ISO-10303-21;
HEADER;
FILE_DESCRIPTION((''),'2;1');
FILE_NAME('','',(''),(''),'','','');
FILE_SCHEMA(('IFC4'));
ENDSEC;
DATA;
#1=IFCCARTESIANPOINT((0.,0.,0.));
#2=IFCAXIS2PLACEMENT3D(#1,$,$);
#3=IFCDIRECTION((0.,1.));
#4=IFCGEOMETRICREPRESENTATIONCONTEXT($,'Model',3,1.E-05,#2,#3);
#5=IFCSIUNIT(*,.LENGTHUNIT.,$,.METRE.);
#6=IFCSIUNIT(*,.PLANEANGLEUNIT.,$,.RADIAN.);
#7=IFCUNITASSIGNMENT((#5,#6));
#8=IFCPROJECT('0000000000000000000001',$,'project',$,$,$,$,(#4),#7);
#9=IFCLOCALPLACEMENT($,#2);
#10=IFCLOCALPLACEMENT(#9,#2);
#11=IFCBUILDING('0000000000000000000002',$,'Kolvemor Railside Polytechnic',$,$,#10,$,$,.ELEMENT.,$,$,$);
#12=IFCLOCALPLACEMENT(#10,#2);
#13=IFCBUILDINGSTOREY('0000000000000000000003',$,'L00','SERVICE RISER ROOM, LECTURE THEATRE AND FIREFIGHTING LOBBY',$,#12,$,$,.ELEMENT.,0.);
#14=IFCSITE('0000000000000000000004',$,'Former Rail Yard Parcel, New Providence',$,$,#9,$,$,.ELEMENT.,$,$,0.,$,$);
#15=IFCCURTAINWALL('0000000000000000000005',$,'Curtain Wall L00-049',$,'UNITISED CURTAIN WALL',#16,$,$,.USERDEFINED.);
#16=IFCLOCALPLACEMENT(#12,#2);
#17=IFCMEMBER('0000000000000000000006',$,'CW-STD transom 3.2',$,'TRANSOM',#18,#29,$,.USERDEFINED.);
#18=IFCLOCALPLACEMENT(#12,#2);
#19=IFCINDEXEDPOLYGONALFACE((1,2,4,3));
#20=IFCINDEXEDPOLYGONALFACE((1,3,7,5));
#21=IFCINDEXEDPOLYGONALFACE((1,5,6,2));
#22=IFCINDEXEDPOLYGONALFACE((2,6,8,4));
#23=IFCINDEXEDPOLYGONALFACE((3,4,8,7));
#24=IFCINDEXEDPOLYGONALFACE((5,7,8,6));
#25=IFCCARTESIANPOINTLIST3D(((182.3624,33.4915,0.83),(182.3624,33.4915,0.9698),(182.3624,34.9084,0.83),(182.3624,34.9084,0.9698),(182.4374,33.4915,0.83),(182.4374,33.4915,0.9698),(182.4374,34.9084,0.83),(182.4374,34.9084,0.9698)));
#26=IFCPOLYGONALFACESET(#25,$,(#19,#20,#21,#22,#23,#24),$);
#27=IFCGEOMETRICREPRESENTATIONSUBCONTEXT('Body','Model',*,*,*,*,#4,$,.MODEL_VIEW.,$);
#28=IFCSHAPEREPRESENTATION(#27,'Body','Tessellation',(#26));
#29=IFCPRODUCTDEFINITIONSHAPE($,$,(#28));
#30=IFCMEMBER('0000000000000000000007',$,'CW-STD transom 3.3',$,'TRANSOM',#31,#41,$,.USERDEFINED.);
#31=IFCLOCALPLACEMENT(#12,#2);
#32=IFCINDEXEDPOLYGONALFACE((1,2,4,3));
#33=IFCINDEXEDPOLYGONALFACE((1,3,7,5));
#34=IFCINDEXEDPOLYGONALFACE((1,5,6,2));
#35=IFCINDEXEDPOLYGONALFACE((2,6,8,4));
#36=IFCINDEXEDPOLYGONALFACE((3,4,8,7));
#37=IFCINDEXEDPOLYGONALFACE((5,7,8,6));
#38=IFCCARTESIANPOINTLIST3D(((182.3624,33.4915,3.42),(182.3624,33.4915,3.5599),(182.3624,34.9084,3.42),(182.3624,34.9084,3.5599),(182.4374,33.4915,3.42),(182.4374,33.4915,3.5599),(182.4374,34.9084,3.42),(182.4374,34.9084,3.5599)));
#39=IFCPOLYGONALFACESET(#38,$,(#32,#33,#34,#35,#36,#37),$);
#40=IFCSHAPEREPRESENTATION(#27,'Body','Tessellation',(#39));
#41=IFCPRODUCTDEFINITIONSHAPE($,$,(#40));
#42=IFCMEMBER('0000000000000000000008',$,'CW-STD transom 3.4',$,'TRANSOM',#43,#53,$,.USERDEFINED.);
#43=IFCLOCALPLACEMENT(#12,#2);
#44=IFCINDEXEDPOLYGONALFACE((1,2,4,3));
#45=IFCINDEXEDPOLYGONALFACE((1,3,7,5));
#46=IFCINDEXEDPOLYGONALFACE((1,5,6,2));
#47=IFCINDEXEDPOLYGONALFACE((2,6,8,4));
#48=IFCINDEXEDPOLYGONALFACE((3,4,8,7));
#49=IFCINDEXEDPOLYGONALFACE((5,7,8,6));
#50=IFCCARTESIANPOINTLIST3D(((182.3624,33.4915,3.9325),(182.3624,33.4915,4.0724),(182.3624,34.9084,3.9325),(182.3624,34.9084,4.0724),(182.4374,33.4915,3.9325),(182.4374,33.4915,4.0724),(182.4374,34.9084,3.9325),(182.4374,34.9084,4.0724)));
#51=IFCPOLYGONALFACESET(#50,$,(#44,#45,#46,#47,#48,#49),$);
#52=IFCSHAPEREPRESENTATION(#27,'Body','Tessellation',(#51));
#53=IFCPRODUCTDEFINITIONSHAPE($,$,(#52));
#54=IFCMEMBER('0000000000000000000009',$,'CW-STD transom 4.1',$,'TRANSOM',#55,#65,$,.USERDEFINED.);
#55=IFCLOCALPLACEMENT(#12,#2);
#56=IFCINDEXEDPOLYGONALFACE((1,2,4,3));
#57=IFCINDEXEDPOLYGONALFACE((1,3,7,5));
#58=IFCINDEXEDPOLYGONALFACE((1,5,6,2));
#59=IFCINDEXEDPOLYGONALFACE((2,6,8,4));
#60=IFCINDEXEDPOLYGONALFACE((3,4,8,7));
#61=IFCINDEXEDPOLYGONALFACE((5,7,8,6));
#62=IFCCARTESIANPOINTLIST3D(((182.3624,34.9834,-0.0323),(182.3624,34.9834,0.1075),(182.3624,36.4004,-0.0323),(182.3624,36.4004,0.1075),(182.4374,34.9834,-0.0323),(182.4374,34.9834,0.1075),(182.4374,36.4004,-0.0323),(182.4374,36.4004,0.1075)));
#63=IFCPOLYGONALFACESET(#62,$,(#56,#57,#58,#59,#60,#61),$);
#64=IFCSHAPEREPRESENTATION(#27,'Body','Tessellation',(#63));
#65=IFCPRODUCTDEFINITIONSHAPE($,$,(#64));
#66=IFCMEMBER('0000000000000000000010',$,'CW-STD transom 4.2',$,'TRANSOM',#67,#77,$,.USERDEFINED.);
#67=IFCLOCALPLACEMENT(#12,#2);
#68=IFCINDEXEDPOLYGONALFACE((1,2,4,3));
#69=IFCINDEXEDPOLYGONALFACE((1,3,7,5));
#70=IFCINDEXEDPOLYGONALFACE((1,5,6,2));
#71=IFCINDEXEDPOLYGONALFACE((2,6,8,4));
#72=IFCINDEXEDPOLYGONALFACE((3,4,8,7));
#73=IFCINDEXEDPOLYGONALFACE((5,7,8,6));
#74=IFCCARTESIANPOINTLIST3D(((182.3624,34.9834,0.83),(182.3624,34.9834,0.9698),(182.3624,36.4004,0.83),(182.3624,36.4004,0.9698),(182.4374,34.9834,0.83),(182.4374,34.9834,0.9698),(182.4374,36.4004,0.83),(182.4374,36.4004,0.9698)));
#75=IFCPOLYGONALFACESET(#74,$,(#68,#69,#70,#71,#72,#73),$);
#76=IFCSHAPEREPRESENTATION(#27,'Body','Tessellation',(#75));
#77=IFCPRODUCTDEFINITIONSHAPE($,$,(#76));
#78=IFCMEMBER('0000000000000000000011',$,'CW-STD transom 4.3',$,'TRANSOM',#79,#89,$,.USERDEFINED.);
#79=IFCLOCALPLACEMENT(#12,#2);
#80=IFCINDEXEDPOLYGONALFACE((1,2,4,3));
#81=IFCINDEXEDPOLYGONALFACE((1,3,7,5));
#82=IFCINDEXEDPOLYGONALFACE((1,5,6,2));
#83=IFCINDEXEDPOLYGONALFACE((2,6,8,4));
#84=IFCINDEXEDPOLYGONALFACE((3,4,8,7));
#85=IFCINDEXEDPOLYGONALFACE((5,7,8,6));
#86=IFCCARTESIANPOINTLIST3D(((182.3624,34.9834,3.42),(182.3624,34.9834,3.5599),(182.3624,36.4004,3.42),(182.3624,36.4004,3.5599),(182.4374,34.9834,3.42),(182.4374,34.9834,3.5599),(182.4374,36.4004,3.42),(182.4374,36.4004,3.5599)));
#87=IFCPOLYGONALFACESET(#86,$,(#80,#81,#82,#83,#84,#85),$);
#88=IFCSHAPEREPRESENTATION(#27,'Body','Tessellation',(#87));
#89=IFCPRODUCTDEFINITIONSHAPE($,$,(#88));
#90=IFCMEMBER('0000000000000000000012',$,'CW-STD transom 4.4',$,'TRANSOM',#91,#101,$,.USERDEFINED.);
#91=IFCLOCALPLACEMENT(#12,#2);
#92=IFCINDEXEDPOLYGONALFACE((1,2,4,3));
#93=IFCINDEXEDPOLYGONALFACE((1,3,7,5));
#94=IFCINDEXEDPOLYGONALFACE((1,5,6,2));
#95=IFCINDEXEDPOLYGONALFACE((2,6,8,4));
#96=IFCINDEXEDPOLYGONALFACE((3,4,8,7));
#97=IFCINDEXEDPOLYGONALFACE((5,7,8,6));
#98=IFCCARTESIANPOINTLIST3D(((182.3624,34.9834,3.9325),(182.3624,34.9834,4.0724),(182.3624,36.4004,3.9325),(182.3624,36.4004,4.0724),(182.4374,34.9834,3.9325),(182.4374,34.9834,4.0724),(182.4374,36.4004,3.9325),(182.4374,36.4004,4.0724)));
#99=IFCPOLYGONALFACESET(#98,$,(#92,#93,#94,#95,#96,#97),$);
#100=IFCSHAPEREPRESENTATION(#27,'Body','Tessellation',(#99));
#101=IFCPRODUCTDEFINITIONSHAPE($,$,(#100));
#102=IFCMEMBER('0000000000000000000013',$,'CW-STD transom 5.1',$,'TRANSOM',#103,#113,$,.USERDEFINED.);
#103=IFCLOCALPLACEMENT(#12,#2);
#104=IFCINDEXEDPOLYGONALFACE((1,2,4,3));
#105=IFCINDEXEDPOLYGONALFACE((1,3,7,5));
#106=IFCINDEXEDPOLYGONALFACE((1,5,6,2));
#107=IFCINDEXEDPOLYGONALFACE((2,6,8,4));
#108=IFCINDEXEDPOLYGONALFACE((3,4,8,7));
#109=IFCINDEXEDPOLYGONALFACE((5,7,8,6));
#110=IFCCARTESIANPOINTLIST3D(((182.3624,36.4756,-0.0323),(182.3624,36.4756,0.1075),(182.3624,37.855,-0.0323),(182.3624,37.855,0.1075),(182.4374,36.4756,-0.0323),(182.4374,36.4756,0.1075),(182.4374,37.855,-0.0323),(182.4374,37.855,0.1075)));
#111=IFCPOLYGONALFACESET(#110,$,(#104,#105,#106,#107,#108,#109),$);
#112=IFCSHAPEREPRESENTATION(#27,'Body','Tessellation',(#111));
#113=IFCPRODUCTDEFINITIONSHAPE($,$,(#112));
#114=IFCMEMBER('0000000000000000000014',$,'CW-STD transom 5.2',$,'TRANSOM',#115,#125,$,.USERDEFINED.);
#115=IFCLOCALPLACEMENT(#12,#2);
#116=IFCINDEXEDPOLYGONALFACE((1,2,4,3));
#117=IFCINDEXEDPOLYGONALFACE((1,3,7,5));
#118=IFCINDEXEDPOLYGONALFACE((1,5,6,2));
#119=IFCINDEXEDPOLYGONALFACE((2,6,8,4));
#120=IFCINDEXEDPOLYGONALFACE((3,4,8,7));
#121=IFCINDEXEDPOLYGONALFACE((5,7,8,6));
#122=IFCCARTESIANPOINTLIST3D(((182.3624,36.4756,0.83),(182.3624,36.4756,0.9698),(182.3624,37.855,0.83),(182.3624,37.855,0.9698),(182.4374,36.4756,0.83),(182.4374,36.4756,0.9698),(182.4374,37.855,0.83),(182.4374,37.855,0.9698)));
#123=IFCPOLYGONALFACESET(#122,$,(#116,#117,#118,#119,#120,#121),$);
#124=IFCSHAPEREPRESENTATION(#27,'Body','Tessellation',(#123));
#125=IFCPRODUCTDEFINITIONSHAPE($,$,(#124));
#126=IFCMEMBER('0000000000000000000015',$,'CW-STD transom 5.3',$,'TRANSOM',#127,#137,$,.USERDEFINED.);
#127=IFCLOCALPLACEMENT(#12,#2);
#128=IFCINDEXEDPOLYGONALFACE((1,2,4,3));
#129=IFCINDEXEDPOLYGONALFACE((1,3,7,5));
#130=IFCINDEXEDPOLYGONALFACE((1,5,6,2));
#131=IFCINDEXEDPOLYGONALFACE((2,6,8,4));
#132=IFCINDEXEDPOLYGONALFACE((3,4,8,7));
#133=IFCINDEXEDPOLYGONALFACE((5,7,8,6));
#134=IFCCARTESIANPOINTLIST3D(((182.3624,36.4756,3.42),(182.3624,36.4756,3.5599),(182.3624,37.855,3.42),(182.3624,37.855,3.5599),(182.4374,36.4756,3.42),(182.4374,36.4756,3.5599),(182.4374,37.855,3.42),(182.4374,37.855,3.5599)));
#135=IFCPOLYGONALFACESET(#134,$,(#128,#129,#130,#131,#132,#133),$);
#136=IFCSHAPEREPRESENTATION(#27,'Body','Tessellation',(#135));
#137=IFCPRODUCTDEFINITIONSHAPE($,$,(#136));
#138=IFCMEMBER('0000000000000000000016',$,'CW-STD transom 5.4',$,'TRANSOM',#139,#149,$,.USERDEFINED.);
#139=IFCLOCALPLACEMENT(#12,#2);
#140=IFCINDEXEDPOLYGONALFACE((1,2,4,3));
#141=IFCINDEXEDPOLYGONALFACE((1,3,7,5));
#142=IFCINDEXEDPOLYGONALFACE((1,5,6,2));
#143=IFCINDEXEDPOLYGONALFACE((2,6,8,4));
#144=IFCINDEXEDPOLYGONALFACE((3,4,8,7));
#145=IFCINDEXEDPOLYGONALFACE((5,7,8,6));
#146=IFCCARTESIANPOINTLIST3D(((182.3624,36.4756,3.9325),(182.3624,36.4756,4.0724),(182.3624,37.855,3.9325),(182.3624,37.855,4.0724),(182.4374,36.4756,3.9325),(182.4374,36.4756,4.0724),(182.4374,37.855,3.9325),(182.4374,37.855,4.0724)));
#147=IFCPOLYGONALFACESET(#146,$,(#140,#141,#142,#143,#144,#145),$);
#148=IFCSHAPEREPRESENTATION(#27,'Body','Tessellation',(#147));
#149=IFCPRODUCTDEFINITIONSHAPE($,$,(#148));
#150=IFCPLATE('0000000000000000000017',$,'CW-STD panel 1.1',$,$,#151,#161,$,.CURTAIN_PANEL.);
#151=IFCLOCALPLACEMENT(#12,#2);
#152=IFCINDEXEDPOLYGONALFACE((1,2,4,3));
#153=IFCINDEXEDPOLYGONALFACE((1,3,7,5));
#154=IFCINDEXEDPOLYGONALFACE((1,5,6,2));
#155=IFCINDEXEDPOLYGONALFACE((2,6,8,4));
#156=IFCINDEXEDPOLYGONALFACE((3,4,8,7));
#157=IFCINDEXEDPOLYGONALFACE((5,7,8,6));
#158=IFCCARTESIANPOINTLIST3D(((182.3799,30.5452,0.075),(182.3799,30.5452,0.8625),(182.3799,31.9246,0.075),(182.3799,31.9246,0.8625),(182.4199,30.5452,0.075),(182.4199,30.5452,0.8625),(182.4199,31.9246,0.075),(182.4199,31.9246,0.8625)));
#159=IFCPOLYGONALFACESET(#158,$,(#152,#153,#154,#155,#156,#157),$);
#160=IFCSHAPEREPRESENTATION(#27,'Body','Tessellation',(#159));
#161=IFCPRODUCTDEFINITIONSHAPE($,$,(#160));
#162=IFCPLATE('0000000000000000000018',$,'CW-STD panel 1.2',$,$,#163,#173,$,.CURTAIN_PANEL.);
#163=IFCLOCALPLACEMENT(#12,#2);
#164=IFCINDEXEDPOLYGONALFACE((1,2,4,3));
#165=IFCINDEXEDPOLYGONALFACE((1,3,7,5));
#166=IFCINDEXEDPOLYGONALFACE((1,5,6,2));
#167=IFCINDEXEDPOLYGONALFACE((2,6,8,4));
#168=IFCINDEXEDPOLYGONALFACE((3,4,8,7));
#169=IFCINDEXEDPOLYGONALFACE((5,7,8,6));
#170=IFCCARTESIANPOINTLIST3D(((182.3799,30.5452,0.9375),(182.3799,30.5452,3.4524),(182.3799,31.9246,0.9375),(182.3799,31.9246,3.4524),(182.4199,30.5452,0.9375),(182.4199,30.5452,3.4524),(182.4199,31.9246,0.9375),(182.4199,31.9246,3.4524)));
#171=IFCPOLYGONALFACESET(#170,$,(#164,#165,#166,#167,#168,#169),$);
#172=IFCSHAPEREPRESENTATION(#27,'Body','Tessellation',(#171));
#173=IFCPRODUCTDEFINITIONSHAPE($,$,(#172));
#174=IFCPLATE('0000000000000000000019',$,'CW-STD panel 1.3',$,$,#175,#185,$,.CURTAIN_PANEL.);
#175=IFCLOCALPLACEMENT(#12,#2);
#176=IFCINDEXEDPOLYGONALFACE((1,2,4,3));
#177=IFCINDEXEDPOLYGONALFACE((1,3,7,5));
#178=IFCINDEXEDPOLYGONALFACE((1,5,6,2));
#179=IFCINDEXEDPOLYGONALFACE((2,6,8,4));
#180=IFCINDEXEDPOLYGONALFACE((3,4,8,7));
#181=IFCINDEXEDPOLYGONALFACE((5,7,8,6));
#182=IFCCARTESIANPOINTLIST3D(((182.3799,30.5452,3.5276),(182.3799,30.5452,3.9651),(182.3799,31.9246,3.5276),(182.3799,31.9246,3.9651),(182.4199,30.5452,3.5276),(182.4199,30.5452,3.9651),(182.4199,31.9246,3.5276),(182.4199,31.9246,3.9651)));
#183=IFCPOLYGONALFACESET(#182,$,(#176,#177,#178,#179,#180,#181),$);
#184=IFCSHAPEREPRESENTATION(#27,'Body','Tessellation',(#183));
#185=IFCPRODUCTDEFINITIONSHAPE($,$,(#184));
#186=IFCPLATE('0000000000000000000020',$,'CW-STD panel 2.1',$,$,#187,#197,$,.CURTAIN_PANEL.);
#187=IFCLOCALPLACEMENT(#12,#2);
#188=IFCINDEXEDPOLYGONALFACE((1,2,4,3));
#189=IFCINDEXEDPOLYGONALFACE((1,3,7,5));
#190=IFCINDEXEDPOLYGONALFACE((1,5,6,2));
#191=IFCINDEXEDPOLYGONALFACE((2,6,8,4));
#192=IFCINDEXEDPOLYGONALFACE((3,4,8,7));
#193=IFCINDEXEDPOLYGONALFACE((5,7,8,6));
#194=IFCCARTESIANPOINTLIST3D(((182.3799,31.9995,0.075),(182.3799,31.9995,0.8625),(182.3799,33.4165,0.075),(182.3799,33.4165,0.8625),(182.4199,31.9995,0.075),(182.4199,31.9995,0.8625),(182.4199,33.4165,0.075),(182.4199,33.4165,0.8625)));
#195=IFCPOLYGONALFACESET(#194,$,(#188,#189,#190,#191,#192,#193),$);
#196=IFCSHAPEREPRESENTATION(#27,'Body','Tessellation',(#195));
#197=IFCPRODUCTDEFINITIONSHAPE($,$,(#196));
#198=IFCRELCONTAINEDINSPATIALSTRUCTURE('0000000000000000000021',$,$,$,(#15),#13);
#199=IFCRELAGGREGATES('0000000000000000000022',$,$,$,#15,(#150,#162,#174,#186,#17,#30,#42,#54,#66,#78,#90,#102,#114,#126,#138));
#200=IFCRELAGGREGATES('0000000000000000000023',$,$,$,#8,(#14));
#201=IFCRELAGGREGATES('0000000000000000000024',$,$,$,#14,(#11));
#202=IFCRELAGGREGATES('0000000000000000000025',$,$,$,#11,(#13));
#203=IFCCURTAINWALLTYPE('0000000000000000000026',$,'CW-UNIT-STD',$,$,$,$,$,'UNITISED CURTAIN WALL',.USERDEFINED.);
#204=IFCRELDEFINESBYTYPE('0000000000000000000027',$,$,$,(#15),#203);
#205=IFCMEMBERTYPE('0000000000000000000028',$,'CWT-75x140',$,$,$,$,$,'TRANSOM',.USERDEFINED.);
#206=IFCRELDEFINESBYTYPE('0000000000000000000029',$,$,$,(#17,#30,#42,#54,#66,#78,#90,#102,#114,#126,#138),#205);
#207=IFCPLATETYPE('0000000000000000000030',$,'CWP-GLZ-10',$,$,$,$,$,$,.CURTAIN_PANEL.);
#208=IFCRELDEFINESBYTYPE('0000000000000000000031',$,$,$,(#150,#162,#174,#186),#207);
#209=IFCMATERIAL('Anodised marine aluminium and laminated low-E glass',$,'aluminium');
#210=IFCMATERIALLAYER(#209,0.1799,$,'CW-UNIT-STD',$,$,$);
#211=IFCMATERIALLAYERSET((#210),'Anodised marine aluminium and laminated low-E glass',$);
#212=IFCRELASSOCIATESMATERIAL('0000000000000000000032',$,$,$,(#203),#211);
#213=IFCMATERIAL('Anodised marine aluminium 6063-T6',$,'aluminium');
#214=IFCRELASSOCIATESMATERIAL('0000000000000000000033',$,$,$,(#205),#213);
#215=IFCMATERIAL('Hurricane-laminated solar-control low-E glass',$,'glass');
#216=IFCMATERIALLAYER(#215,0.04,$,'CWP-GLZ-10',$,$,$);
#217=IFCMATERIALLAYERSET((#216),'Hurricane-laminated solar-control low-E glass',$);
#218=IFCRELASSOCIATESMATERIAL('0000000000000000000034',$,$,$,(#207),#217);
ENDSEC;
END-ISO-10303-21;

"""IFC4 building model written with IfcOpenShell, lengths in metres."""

from ifc_helpers import new_model, si_unit, direction, frame, origin, origin_2d, place, context, subcontext, project, spatial, rectangle, extrude, material, layer, layer_set, material_profile, profile_set, type_object, element, aggregate, save


model = new_model("IFC4")

# Units and contexts
model_context = context("Model", 3, precision=1e-05, world=origin(), true_north=direction((0.0, 1.0)))
body_context = subcontext(model_context, "Body", "Model", "MODEL_VIEW")
ifc_project = project(units=[si_unit("LENGTHUNIT", "METRE"), si_unit("PLANEANGLEUNIT", "RADIAN")], contexts=[model_context])

# Site, building, storey
site_placement = place(None, origin())
site = spatial("IfcSite", under=ifc_project, at=site_placement, Name="Former Rail Yard Parcel, New Providence", CompositionType="ELEMENT", RefElevation=0.0)
building_placement = place(site_placement, origin())
building = spatial("IfcBuilding", under=site, at=building_placement, Name="Kolvemor Railside Polytechnic", CompositionType="ELEMENT")
storey_placement = place(building_placement, origin())
storey = spatial("IfcBuildingStorey", under=building, at=storey_placement, Name="L00", Description="SERVICE RISER ROOM, LECTURE THEATRE AND FIREFIGHTING LOBBY", CompositionType="ELEMENT", Elevation=0.0)

# Curtain wall, members, plates
ifc_material_1 = material(Name="Anodised marine aluminium and laminated low-E glass", Category="aluminium")
ifc_layer_1 = layer(ifc_material_1, 0.1799, Name="CW-UNIT-STD")
ifc_layer_set_1 = layer_set([ifc_layer_1], Name="Anodised marine aluminium and laminated low-E glass")
curtain_wall_type = type_object("IfcCurtainWallType", Name="CW-UNIT-STD", ElementType="UNITISED CURTAIN WALL", PredefinedType="USERDEFINED", material=ifc_layer_set_1)
curtain_wall_placement = place(storey_placement, origin())
curtain_wall = element("IfcCurtainWall", 1, at=curtain_wall_placement, inside=storey, type_object=curtain_wall_type, Name="Curtain Wall L00-049", ObjectType="UNITISED CURTAIN WALL", PredefinedType="USERDEFINED")
ifc_material_2 = material(Name="Anodised marine aluminium 6063-T6", Category="aluminium")
ifc_material_profile_1 = material_profile(ifc_material_2, rectangle(XDim=0.075, YDim=0.1399, at=origin_2d()), Name="CW-TRN-75x140")
ifc_profile_set_1 = profile_set([ifc_material_profile_1], Name="Anodised marine aluminium 6063-T6")
member_type_1 = type_object("IfcMemberType", Name="CWT-75x140", ElementType="TRANSOM", PredefinedType="USERDEFINED", material=ifc_profile_set_1)
member_1_placement = place(storey_placement, frame((182.3999, 33.4915, 0.8999), z_axis=(0.0, 1.0, 0.0), x_axis=(-1.0, 0.0, 0.0)))
member_1 = element("IfcMember", 2, at=member_1_placement, type_object=member_type_1, Name="CW-STD transom 3.2", ObjectType="TRANSOM", PredefinedType="USERDEFINED", context=body_context, shape_type="SweptSolid", body=[
    extrude(rectangle(XDim=0.075, YDim=0.1399, at=origin_2d()), origin(), (0.0, 0.0, 1.0), 1.417),
])
member_2_placement = place(storey_placement, frame((182.3999, 33.4915, 3.49), z_axis=(0.0, 1.0, 0.0), x_axis=(-1.0, 0.0, 0.0)))
member_2 = element("IfcMember", 3, at=member_2_placement, type_object=member_type_1, Name="CW-STD transom 3.3", ObjectType="TRANSOM", PredefinedType="USERDEFINED", context=body_context, shape_type="SweptSolid", body=[
    extrude(rectangle(XDim=0.075, YDim=0.1399, at=origin_2d()), origin(), (0.0, 0.0, 1.0), 1.417),
])
member_3_placement = place(storey_placement, frame((182.3999, 33.4915, 4.0024), z_axis=(0.0, 1.0, 0.0), x_axis=(-1.0, 0.0, 0.0)))
member_3 = element("IfcMember", 4, at=member_3_placement, type_object=member_type_1, Name="CW-STD transom 3.4", ObjectType="TRANSOM", PredefinedType="USERDEFINED", context=body_context, shape_type="SweptSolid", body=[
    extrude(rectangle(XDim=0.075, YDim=0.1399, at=origin_2d()), origin(), (0.0, 0.0, 1.0), 1.417),
])
member_4_placement = place(storey_placement, frame((182.3999, 34.9834, 0.0376), z_axis=(0.0, 1.0, 0.0), x_axis=(-1.0, 0.0, 0.0)))
member_4 = element("IfcMember", 5, at=member_4_placement, type_object=member_type_1, Name="CW-STD transom 4.1", ObjectType="TRANSOM", PredefinedType="USERDEFINED", context=body_context, shape_type="SweptSolid", body=[
    extrude(rectangle(XDim=0.075, YDim=0.1399, at=origin_2d()), origin(), (0.0, 0.0, 1.0), 1.417),
])
member_5_placement = place(storey_placement, frame((182.3999, 34.9834, 0.8999), z_axis=(0.0, 1.0, 0.0), x_axis=(-1.0, 0.0, 0.0)))
member_5 = element("IfcMember", 6, at=member_5_placement, type_object=member_type_1, Name="CW-STD transom 4.2", ObjectType="TRANSOM", PredefinedType="USERDEFINED", context=body_context, shape_type="SweptSolid", body=[
    extrude(rectangle(XDim=0.075, YDim=0.1399, at=origin_2d()), origin(), (0.0, 0.0, 1.0), 1.417),
])
member_6_placement = place(storey_placement, frame((182.3999, 34.9834, 3.49), z_axis=(0.0, 1.0, 0.0), x_axis=(-1.0, 0.0, 0.0)))
member_6 = element("IfcMember", 7, at=member_6_placement, type_object=member_type_1, Name="CW-STD transom 4.3", ObjectType="TRANSOM", PredefinedType="USERDEFINED", context=body_context, shape_type="SweptSolid", body=[
    extrude(rectangle(XDim=0.075, YDim=0.1399, at=origin_2d()), origin(), (0.0, 0.0, 1.0), 1.417),
])
member_7_placement = place(storey_placement, frame((182.3999, 34.9834, 4.0024), z_axis=(0.0, 1.0, 0.0), x_axis=(-1.0, 0.0, 0.0)))
member_7 = element("IfcMember", 8, at=member_7_placement, type_object=member_type_1, Name="CW-STD transom 4.4", ObjectType="TRANSOM", PredefinedType="USERDEFINED", context=body_context, shape_type="SweptSolid", body=[
    extrude(rectangle(XDim=0.075, YDim=0.1399, at=origin_2d()), origin(), (0.0, 0.0, 1.0), 1.417),
])
member_8_placement = place(storey_placement, frame((182.3999, 36.4756, 0.0376), z_axis=(0.0, 1.0, 0.0), x_axis=(-1.0, 0.0, 0.0)))
member_8 = element("IfcMember", 9, at=member_8_placement, type_object=member_type_1, Name="CW-STD transom 5.1", ObjectType="TRANSOM", PredefinedType="USERDEFINED", context=body_context, shape_type="SweptSolid", body=[
    extrude(rectangle(XDim=0.075, YDim=0.1399, at=origin_2d()), origin(), (0.0, 0.0, 1.0), 1.3794),
])
member_9_placement = place(storey_placement, frame((182.3999, 36.4756, 0.8999), z_axis=(0.0, 1.0, 0.0), x_axis=(-1.0, 0.0, 0.0)))
member_9 = element("IfcMember", 10, at=member_9_placement, type_object=member_type_1, Name="CW-STD transom 5.2", ObjectType="TRANSOM", PredefinedType="USERDEFINED", context=body_context, shape_type="SweptSolid", body=[
    extrude(rectangle(XDim=0.075, YDim=0.1399, at=origin_2d()), origin(), (0.0, 0.0, 1.0), 1.3794),
])
member_10_placement = place(storey_placement, frame((182.3999, 36.4756, 3.49), z_axis=(0.0, 1.0, 0.0), x_axis=(-1.0, 0.0, 0.0)))
member_10 = element("IfcMember", 11, at=member_10_placement, type_object=member_type_1, Name="CW-STD transom 5.3", ObjectType="TRANSOM", PredefinedType="USERDEFINED", context=body_context, shape_type="SweptSolid", body=[
    extrude(rectangle(XDim=0.075, YDim=0.1399, at=origin_2d()), origin(), (0.0, 0.0, 1.0), 1.3794),
])
member_11_placement = place(storey_placement, frame((182.3999, 36.4756, 4.0024), z_axis=(0.0, 1.0, 0.0), x_axis=(-1.0, 0.0, 0.0)))
member_11 = element("IfcMember", 12, at=member_11_placement, type_object=member_type_1, Name="CW-STD transom 5.4", ObjectType="TRANSOM", PredefinedType="USERDEFINED", context=body_context, shape_type="SweptSolid", body=[
    extrude(rectangle(XDim=0.075, YDim=0.1399, at=origin_2d()), origin(), (0.0, 0.0, 1.0), 1.3794),
])
ifc_material_3 = material(Name="Hurricane-laminated solar-control low-E glass", Category="glass")
ifc_layer_2 = layer(ifc_material_3, 0.04, Name="CWP-GLZ-10")
ifc_layer_set_2 = layer_set([ifc_layer_2], Name="Hurricane-laminated solar-control low-E glass")
plate_type = type_object("IfcPlateType", Name="CWP-GLZ-10", PredefinedType="CURTAIN_PANEL", material=ifc_layer_set_2)
plate_1_placement = place(storey_placement, frame((182.3999, 31.2349, 0.075), z_axis=(0.0, 0.0, 1.0), x_axis=(0.0, 1.0, 0.0)))
plate_1 = element("IfcPlate", 13, at=plate_1_placement, type_object=plate_type, Name="CW-STD panel 1.1", PredefinedType="CURTAIN_PANEL", context=body_context, shape_type="SweptSolid", body=[
    extrude(rectangle(XDim=1.3794, YDim=0.04, at=origin_2d()), origin(), (0.0, 0.0, 1.0), 0.7876),
])
plate_2_placement = place(storey_placement, frame((182.3999, 31.2349, 0.9375), z_axis=(0.0, 0.0, 1.0), x_axis=(0.0, 1.0, 0.0)))
plate_2 = element("IfcPlate", 14, at=plate_2_placement, type_object=plate_type, Name="CW-STD panel 1.2", PredefinedType="CURTAIN_PANEL", context=body_context, shape_type="SweptSolid", body=[
    extrude(rectangle(XDim=1.3794, YDim=0.04, at=origin_2d()), origin(), (0.0, 0.0, 1.0), 2.5149),
])
plate_3_placement = place(storey_placement, frame((182.3999, 31.2349, 3.5276), z_axis=(0.0, 0.0, 1.0), x_axis=(0.0, 1.0, 0.0)))
plate_3 = element("IfcPlate", 15, at=plate_3_placement, type_object=plate_type, Name="CW-STD panel 1.3", PredefinedType="CURTAIN_PANEL", context=body_context, shape_type="SweptSolid", body=[
    extrude(rectangle(XDim=1.3794, YDim=0.04, at=origin_2d()), origin(), (0.0, 0.0, 1.0), 0.4375),
])
plate_4_placement = place(storey_placement, frame((182.3999, 32.708, 0.075), z_axis=(0.0, 0.0, 1.0), x_axis=(0.0, 1.0, 0.0)))
plate_4 = element("IfcPlate", 16, at=plate_4_placement, type_object=plate_type, Name="CW-STD panel 2.1", PredefinedType="CURTAIN_PANEL", context=body_context, shape_type="SweptSolid", body=[
    extrude(rectangle(XDim=1.417, YDim=0.04, at=origin_2d()), origin(), (0.0, 0.0, 1.0), 0.7876),
])
aggregate(curtain_wall, [plate_1, plate_2, plate_3, plate_4, member_1, member_2, member_3, member_4, member_5, member_6, member_7, member_8, member_9, member_10, member_11])

save(model, "model.ifc")
